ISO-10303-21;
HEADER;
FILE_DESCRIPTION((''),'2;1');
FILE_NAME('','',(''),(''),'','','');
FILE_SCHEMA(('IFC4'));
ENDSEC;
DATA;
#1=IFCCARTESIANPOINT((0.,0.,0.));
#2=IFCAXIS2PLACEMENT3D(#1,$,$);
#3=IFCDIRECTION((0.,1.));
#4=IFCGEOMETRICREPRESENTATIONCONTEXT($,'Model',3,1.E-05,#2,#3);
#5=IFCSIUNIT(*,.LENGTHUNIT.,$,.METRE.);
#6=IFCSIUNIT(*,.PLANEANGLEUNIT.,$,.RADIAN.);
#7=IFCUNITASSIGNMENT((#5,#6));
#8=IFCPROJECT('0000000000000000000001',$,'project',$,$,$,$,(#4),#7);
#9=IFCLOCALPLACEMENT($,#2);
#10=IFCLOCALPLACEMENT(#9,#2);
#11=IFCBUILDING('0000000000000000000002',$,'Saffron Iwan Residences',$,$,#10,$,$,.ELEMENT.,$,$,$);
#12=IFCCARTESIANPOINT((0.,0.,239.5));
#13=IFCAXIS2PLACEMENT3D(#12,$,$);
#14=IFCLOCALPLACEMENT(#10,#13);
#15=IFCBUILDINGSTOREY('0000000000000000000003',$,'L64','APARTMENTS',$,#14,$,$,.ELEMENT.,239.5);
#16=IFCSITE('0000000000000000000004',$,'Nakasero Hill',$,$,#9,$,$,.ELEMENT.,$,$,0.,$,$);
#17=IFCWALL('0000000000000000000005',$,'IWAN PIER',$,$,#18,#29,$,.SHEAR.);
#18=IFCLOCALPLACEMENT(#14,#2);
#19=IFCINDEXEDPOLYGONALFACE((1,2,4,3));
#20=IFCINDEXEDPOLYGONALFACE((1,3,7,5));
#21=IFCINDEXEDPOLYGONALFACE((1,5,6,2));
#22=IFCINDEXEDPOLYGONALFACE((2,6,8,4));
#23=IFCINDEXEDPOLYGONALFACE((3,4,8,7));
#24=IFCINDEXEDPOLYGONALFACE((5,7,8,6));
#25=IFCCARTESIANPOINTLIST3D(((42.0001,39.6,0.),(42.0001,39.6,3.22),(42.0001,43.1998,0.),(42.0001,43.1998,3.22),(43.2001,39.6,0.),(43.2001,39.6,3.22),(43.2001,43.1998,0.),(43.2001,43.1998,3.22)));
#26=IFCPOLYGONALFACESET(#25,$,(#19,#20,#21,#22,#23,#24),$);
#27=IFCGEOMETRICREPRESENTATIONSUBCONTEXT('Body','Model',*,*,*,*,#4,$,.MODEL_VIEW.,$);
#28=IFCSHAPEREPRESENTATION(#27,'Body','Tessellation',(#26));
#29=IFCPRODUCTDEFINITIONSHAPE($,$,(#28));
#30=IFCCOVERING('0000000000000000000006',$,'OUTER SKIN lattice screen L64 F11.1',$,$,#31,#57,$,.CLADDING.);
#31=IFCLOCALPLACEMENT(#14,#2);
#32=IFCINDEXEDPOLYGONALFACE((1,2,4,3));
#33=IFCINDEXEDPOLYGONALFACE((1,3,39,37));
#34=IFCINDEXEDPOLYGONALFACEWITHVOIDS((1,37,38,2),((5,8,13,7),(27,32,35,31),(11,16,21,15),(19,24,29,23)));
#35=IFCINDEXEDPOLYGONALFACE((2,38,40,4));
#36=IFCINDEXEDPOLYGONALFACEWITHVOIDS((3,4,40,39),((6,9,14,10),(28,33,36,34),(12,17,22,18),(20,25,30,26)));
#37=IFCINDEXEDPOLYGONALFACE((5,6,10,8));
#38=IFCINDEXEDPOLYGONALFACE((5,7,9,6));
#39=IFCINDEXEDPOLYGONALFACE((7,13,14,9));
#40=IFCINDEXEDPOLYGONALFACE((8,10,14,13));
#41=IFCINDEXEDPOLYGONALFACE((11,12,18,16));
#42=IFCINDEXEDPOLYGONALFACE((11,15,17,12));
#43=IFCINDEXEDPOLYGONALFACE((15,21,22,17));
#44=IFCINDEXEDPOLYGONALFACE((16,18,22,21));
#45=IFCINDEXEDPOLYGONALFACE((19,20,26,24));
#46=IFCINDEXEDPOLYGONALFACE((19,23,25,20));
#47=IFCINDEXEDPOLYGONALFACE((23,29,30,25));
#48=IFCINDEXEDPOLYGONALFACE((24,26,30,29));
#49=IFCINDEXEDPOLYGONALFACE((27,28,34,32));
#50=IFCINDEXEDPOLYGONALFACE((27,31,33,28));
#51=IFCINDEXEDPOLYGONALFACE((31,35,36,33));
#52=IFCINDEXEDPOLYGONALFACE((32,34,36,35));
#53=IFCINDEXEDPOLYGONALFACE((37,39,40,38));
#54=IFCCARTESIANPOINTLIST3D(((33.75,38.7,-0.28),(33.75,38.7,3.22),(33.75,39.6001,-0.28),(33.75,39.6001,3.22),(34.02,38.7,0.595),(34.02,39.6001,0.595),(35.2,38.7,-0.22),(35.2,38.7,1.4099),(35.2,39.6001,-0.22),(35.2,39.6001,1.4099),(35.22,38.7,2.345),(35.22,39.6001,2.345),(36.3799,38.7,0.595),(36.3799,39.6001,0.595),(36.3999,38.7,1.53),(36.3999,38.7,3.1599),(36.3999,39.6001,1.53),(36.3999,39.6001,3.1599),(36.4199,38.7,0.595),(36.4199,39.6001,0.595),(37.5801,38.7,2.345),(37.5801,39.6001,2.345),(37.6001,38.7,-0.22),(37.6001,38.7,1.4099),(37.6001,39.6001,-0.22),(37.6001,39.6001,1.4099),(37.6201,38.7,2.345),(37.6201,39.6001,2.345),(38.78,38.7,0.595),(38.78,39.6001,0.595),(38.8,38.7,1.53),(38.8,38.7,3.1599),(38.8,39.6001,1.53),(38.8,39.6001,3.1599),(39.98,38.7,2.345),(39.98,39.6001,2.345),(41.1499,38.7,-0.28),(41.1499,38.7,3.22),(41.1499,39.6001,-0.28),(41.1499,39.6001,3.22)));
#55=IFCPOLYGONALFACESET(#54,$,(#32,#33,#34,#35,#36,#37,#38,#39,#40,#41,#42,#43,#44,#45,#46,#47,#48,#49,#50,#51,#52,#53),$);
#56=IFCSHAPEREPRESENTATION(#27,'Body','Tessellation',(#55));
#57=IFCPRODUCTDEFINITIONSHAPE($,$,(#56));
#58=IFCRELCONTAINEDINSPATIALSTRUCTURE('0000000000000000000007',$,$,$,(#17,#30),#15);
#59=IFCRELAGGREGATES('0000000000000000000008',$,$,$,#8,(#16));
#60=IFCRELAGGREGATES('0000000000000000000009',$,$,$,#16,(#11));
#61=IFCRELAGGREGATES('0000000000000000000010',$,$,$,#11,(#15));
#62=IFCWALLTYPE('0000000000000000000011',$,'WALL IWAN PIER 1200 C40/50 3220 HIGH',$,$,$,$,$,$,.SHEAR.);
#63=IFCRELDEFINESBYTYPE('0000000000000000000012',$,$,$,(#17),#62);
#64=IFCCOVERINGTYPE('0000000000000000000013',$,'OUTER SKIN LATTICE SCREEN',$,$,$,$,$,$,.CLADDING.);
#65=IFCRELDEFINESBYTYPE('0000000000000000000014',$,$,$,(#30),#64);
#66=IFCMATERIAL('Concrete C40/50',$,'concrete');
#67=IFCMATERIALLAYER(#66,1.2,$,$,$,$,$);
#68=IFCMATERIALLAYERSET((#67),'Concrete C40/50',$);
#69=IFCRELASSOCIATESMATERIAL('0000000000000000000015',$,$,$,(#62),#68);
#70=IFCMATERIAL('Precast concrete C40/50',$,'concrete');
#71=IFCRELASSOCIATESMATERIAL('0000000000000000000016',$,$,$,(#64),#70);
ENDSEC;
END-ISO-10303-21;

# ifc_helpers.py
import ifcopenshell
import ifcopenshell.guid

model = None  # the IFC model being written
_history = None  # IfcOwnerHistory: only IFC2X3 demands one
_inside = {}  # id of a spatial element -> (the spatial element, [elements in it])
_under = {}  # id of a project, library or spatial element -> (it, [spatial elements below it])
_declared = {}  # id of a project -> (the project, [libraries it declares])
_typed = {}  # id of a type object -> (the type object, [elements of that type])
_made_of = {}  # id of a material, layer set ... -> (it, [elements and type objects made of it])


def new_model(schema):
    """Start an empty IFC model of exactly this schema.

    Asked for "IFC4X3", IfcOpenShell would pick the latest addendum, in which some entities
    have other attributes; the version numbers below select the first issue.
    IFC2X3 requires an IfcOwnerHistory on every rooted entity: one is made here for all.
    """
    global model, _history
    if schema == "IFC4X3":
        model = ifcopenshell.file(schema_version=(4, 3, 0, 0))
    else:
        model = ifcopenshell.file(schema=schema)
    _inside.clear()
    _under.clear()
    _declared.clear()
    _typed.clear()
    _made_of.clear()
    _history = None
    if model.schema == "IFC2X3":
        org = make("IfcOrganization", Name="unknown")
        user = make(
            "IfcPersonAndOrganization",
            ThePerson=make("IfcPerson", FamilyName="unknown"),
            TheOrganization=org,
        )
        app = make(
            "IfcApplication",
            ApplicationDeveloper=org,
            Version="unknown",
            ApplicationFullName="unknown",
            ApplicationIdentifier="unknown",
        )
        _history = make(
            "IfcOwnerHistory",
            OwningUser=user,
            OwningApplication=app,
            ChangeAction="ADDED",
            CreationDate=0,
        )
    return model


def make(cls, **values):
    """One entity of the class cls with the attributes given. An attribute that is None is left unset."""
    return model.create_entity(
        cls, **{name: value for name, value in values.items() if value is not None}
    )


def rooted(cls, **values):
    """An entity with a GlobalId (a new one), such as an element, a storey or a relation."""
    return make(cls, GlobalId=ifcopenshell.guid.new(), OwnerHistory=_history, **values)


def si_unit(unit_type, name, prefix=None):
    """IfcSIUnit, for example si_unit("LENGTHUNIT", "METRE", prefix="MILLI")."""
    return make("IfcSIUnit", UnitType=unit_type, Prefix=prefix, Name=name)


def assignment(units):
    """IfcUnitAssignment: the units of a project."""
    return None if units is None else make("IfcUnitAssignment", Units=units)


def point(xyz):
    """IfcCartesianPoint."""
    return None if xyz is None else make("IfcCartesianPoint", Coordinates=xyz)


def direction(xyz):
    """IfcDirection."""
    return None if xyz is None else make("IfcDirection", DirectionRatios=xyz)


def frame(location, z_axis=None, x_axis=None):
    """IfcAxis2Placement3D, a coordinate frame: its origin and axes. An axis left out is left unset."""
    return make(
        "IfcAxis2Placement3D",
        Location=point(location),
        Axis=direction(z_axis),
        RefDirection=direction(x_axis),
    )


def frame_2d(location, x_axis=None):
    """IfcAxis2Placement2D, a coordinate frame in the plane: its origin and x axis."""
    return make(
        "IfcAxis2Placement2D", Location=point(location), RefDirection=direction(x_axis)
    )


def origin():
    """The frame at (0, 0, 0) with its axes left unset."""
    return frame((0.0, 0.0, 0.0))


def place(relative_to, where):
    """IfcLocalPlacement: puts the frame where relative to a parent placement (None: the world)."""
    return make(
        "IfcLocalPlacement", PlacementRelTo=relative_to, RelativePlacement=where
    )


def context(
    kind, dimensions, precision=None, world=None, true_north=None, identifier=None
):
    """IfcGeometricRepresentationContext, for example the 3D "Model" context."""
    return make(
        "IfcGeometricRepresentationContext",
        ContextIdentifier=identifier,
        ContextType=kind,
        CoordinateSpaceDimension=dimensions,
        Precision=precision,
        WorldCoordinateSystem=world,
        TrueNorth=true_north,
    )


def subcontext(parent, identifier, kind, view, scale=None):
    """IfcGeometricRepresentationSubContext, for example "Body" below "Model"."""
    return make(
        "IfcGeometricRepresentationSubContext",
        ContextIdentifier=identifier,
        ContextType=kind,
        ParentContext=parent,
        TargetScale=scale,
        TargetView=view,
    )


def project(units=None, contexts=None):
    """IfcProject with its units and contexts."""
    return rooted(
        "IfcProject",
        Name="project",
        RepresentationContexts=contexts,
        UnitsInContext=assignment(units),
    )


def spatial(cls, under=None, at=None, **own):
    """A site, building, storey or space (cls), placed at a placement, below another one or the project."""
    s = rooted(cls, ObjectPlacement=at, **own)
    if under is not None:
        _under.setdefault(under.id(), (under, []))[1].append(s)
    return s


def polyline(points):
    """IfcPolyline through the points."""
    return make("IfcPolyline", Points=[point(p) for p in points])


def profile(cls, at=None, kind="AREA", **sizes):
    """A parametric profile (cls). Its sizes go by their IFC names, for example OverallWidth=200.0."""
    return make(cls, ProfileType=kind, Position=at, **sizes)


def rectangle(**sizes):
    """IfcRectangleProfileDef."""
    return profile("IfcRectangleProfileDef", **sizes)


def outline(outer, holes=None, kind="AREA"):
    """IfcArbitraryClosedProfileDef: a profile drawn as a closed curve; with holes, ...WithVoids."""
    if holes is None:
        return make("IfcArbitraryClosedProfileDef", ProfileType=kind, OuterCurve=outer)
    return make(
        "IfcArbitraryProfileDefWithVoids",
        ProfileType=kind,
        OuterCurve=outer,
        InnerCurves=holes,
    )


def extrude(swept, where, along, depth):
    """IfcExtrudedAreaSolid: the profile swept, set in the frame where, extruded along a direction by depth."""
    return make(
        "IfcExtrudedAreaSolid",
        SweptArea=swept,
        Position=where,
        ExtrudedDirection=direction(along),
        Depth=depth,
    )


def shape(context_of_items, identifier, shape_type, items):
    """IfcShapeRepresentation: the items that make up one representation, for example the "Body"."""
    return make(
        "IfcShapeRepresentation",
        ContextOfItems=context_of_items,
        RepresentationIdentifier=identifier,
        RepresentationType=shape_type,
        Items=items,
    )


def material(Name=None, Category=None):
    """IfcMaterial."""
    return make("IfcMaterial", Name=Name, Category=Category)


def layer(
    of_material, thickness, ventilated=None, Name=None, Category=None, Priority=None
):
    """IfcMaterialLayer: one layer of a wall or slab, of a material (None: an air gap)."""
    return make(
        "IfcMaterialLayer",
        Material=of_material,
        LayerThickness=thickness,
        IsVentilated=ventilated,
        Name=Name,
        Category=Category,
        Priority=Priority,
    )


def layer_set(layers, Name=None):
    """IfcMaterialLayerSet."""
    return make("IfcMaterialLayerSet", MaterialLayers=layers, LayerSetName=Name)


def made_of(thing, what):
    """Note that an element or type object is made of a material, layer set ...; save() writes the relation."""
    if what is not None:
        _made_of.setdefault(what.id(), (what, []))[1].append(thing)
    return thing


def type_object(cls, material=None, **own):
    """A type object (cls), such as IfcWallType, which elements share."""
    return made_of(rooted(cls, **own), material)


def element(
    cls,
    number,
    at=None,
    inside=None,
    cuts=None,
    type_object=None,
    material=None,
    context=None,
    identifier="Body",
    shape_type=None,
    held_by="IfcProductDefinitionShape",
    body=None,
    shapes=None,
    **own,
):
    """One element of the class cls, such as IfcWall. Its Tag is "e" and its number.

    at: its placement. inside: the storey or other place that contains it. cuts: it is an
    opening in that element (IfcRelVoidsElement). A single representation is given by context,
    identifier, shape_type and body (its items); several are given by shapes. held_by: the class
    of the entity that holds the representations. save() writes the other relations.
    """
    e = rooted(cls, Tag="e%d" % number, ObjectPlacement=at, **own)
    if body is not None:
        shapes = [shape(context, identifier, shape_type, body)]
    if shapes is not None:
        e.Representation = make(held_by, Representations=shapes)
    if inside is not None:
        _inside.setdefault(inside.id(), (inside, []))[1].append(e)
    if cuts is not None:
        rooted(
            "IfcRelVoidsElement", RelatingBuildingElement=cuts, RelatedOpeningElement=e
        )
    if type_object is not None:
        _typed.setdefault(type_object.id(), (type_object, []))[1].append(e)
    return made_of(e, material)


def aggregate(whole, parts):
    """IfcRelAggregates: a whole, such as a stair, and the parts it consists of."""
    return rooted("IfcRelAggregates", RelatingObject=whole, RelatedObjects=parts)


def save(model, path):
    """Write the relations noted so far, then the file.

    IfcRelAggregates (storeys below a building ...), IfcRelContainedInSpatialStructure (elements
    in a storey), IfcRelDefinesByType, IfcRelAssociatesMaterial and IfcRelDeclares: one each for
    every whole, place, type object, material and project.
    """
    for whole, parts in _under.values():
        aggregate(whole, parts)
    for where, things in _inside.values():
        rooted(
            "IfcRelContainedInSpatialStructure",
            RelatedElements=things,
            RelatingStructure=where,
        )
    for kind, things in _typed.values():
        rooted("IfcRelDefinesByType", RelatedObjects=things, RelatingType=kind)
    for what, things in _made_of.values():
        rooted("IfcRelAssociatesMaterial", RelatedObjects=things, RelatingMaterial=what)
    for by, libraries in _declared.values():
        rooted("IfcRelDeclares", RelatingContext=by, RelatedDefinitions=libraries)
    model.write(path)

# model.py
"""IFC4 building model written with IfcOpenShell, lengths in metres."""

from ifc_helpers import new_model, si_unit, direction, frame, frame_2d, origin, place, context, subcontext, project, spatial, polyline, rectangle, outline, extrude, material, layer, layer_set, type_object, element, save


model = new_model("IFC4")

# Units and contexts
model_context = context("Model", 3, precision=1e-05, world=origin(), true_north=direction((0.0, 1.0)))
body_context = subcontext(model_context, "Body", "Model", "MODEL_VIEW")
ifc_project = project(units=[si_unit("LENGTHUNIT", "METRE"), si_unit("PLANEANGLEUNIT", "RADIAN")], contexts=[model_context])

# Site, building, storey
site_placement = place(None, origin())
site = spatial("IfcSite", under=ifc_project, at=site_placement, Name="Nakasero Hill", CompositionType="ELEMENT", RefElevation=0.0)
building_placement = place(site_placement, origin())
building = spatial("IfcBuilding", under=site, at=building_placement, Name="Saffron Iwan Residences", CompositionType="ELEMENT")
storey_placement = place(building_placement, frame((0.0, 0.0, 239.5)))
storey = spatial("IfcBuildingStorey", under=building, at=storey_placement, Name="L64", Description="APARTMENTS", CompositionType="ELEMENT", Elevation=239.5)

# Shared definitions
ifc_material_1 = material(Name="Concrete C40/50", Category="concrete")

# Wall
ifc_layer_1 = layer(ifc_material_1, 1.2)
ifc_layer_set_1 = layer_set([ifc_layer_1], Name="Concrete C40/50")
wall_type_1 = type_object("IfcWallType", Name="WALL IWAN PIER 1200 C40/50 3220 HIGH", PredefinedType="SHEAR", material=ifc_layer_set_1)
wall_1_placement = place(storey_placement, frame((42.6001, 39.6001, 0.0), z_axis=(0.0, 0.0, 1.0), x_axis=(0.0, 1.0, 0.0)))
element("IfcWall", 1, at=wall_1_placement, inside=storey, type_object=wall_type_1, Name="IWAN PIER", PredefinedType="SHEAR", context=body_context, shape_type="SweptSolid", body=[
    extrude(rectangle(XDim=3.5999, YDim=1.2, at=frame_2d((1.7998, 0.0))), origin(), (0.0, 0.0, 1.0), 3.22),
])

# Covering
ifc_material_2 = material(Name="Precast concrete C40/50", Category="concrete")
covering_type = type_object("IfcCoveringType", Name="OUTER SKIN LATTICE SCREEN", PredefinedType="CLADDING", material=ifc_material_2)
covering_placement = place(storey_placement, frame((33.75, 39.6001, -0.28), z_axis=(0.0, -1.0, 0.0), x_axis=(1.0, 0.0, 0.0)))
element("IfcCovering", 2, at=covering_placement, inside=storey, type_object=covering_type, Name="OUTER SKIN lattice screen L64 F11.1", PredefinedType="CLADDING", context=body_context, shape_type="SweptSolid", body=[
    extrude(outline(polyline([(0.0, 0.0), (7.3999, 0.0), (7.3999, 3.5), (0.0, 3.5), (0.0, 0.0)]), holes=[polyline([(0.27, 0.875), (1.45, 0.0601), (2.6299, 0.875), (1.45, 1.6899), (0.27, 0.875)]), polyline([(2.6699, 0.875), (3.8501, 0.0601), (5.03, 0.875), (3.8501, 1.6899), (2.6699, 0.875)]), polyline([(1.47, 2.625), (2.6499, 1.8101), (3.8301, 2.625), (2.6499, 3.4399), (1.47, 2.625)]), polyline([(3.8701, 2.625), (5.05, 1.8101), (6.23, 2.625), (5.05, 3.4399), (3.8701, 2.625)])]), origin(), (0.0, 0.0, 1.0), 0.9001),
])

save(model, "model.ifc")
